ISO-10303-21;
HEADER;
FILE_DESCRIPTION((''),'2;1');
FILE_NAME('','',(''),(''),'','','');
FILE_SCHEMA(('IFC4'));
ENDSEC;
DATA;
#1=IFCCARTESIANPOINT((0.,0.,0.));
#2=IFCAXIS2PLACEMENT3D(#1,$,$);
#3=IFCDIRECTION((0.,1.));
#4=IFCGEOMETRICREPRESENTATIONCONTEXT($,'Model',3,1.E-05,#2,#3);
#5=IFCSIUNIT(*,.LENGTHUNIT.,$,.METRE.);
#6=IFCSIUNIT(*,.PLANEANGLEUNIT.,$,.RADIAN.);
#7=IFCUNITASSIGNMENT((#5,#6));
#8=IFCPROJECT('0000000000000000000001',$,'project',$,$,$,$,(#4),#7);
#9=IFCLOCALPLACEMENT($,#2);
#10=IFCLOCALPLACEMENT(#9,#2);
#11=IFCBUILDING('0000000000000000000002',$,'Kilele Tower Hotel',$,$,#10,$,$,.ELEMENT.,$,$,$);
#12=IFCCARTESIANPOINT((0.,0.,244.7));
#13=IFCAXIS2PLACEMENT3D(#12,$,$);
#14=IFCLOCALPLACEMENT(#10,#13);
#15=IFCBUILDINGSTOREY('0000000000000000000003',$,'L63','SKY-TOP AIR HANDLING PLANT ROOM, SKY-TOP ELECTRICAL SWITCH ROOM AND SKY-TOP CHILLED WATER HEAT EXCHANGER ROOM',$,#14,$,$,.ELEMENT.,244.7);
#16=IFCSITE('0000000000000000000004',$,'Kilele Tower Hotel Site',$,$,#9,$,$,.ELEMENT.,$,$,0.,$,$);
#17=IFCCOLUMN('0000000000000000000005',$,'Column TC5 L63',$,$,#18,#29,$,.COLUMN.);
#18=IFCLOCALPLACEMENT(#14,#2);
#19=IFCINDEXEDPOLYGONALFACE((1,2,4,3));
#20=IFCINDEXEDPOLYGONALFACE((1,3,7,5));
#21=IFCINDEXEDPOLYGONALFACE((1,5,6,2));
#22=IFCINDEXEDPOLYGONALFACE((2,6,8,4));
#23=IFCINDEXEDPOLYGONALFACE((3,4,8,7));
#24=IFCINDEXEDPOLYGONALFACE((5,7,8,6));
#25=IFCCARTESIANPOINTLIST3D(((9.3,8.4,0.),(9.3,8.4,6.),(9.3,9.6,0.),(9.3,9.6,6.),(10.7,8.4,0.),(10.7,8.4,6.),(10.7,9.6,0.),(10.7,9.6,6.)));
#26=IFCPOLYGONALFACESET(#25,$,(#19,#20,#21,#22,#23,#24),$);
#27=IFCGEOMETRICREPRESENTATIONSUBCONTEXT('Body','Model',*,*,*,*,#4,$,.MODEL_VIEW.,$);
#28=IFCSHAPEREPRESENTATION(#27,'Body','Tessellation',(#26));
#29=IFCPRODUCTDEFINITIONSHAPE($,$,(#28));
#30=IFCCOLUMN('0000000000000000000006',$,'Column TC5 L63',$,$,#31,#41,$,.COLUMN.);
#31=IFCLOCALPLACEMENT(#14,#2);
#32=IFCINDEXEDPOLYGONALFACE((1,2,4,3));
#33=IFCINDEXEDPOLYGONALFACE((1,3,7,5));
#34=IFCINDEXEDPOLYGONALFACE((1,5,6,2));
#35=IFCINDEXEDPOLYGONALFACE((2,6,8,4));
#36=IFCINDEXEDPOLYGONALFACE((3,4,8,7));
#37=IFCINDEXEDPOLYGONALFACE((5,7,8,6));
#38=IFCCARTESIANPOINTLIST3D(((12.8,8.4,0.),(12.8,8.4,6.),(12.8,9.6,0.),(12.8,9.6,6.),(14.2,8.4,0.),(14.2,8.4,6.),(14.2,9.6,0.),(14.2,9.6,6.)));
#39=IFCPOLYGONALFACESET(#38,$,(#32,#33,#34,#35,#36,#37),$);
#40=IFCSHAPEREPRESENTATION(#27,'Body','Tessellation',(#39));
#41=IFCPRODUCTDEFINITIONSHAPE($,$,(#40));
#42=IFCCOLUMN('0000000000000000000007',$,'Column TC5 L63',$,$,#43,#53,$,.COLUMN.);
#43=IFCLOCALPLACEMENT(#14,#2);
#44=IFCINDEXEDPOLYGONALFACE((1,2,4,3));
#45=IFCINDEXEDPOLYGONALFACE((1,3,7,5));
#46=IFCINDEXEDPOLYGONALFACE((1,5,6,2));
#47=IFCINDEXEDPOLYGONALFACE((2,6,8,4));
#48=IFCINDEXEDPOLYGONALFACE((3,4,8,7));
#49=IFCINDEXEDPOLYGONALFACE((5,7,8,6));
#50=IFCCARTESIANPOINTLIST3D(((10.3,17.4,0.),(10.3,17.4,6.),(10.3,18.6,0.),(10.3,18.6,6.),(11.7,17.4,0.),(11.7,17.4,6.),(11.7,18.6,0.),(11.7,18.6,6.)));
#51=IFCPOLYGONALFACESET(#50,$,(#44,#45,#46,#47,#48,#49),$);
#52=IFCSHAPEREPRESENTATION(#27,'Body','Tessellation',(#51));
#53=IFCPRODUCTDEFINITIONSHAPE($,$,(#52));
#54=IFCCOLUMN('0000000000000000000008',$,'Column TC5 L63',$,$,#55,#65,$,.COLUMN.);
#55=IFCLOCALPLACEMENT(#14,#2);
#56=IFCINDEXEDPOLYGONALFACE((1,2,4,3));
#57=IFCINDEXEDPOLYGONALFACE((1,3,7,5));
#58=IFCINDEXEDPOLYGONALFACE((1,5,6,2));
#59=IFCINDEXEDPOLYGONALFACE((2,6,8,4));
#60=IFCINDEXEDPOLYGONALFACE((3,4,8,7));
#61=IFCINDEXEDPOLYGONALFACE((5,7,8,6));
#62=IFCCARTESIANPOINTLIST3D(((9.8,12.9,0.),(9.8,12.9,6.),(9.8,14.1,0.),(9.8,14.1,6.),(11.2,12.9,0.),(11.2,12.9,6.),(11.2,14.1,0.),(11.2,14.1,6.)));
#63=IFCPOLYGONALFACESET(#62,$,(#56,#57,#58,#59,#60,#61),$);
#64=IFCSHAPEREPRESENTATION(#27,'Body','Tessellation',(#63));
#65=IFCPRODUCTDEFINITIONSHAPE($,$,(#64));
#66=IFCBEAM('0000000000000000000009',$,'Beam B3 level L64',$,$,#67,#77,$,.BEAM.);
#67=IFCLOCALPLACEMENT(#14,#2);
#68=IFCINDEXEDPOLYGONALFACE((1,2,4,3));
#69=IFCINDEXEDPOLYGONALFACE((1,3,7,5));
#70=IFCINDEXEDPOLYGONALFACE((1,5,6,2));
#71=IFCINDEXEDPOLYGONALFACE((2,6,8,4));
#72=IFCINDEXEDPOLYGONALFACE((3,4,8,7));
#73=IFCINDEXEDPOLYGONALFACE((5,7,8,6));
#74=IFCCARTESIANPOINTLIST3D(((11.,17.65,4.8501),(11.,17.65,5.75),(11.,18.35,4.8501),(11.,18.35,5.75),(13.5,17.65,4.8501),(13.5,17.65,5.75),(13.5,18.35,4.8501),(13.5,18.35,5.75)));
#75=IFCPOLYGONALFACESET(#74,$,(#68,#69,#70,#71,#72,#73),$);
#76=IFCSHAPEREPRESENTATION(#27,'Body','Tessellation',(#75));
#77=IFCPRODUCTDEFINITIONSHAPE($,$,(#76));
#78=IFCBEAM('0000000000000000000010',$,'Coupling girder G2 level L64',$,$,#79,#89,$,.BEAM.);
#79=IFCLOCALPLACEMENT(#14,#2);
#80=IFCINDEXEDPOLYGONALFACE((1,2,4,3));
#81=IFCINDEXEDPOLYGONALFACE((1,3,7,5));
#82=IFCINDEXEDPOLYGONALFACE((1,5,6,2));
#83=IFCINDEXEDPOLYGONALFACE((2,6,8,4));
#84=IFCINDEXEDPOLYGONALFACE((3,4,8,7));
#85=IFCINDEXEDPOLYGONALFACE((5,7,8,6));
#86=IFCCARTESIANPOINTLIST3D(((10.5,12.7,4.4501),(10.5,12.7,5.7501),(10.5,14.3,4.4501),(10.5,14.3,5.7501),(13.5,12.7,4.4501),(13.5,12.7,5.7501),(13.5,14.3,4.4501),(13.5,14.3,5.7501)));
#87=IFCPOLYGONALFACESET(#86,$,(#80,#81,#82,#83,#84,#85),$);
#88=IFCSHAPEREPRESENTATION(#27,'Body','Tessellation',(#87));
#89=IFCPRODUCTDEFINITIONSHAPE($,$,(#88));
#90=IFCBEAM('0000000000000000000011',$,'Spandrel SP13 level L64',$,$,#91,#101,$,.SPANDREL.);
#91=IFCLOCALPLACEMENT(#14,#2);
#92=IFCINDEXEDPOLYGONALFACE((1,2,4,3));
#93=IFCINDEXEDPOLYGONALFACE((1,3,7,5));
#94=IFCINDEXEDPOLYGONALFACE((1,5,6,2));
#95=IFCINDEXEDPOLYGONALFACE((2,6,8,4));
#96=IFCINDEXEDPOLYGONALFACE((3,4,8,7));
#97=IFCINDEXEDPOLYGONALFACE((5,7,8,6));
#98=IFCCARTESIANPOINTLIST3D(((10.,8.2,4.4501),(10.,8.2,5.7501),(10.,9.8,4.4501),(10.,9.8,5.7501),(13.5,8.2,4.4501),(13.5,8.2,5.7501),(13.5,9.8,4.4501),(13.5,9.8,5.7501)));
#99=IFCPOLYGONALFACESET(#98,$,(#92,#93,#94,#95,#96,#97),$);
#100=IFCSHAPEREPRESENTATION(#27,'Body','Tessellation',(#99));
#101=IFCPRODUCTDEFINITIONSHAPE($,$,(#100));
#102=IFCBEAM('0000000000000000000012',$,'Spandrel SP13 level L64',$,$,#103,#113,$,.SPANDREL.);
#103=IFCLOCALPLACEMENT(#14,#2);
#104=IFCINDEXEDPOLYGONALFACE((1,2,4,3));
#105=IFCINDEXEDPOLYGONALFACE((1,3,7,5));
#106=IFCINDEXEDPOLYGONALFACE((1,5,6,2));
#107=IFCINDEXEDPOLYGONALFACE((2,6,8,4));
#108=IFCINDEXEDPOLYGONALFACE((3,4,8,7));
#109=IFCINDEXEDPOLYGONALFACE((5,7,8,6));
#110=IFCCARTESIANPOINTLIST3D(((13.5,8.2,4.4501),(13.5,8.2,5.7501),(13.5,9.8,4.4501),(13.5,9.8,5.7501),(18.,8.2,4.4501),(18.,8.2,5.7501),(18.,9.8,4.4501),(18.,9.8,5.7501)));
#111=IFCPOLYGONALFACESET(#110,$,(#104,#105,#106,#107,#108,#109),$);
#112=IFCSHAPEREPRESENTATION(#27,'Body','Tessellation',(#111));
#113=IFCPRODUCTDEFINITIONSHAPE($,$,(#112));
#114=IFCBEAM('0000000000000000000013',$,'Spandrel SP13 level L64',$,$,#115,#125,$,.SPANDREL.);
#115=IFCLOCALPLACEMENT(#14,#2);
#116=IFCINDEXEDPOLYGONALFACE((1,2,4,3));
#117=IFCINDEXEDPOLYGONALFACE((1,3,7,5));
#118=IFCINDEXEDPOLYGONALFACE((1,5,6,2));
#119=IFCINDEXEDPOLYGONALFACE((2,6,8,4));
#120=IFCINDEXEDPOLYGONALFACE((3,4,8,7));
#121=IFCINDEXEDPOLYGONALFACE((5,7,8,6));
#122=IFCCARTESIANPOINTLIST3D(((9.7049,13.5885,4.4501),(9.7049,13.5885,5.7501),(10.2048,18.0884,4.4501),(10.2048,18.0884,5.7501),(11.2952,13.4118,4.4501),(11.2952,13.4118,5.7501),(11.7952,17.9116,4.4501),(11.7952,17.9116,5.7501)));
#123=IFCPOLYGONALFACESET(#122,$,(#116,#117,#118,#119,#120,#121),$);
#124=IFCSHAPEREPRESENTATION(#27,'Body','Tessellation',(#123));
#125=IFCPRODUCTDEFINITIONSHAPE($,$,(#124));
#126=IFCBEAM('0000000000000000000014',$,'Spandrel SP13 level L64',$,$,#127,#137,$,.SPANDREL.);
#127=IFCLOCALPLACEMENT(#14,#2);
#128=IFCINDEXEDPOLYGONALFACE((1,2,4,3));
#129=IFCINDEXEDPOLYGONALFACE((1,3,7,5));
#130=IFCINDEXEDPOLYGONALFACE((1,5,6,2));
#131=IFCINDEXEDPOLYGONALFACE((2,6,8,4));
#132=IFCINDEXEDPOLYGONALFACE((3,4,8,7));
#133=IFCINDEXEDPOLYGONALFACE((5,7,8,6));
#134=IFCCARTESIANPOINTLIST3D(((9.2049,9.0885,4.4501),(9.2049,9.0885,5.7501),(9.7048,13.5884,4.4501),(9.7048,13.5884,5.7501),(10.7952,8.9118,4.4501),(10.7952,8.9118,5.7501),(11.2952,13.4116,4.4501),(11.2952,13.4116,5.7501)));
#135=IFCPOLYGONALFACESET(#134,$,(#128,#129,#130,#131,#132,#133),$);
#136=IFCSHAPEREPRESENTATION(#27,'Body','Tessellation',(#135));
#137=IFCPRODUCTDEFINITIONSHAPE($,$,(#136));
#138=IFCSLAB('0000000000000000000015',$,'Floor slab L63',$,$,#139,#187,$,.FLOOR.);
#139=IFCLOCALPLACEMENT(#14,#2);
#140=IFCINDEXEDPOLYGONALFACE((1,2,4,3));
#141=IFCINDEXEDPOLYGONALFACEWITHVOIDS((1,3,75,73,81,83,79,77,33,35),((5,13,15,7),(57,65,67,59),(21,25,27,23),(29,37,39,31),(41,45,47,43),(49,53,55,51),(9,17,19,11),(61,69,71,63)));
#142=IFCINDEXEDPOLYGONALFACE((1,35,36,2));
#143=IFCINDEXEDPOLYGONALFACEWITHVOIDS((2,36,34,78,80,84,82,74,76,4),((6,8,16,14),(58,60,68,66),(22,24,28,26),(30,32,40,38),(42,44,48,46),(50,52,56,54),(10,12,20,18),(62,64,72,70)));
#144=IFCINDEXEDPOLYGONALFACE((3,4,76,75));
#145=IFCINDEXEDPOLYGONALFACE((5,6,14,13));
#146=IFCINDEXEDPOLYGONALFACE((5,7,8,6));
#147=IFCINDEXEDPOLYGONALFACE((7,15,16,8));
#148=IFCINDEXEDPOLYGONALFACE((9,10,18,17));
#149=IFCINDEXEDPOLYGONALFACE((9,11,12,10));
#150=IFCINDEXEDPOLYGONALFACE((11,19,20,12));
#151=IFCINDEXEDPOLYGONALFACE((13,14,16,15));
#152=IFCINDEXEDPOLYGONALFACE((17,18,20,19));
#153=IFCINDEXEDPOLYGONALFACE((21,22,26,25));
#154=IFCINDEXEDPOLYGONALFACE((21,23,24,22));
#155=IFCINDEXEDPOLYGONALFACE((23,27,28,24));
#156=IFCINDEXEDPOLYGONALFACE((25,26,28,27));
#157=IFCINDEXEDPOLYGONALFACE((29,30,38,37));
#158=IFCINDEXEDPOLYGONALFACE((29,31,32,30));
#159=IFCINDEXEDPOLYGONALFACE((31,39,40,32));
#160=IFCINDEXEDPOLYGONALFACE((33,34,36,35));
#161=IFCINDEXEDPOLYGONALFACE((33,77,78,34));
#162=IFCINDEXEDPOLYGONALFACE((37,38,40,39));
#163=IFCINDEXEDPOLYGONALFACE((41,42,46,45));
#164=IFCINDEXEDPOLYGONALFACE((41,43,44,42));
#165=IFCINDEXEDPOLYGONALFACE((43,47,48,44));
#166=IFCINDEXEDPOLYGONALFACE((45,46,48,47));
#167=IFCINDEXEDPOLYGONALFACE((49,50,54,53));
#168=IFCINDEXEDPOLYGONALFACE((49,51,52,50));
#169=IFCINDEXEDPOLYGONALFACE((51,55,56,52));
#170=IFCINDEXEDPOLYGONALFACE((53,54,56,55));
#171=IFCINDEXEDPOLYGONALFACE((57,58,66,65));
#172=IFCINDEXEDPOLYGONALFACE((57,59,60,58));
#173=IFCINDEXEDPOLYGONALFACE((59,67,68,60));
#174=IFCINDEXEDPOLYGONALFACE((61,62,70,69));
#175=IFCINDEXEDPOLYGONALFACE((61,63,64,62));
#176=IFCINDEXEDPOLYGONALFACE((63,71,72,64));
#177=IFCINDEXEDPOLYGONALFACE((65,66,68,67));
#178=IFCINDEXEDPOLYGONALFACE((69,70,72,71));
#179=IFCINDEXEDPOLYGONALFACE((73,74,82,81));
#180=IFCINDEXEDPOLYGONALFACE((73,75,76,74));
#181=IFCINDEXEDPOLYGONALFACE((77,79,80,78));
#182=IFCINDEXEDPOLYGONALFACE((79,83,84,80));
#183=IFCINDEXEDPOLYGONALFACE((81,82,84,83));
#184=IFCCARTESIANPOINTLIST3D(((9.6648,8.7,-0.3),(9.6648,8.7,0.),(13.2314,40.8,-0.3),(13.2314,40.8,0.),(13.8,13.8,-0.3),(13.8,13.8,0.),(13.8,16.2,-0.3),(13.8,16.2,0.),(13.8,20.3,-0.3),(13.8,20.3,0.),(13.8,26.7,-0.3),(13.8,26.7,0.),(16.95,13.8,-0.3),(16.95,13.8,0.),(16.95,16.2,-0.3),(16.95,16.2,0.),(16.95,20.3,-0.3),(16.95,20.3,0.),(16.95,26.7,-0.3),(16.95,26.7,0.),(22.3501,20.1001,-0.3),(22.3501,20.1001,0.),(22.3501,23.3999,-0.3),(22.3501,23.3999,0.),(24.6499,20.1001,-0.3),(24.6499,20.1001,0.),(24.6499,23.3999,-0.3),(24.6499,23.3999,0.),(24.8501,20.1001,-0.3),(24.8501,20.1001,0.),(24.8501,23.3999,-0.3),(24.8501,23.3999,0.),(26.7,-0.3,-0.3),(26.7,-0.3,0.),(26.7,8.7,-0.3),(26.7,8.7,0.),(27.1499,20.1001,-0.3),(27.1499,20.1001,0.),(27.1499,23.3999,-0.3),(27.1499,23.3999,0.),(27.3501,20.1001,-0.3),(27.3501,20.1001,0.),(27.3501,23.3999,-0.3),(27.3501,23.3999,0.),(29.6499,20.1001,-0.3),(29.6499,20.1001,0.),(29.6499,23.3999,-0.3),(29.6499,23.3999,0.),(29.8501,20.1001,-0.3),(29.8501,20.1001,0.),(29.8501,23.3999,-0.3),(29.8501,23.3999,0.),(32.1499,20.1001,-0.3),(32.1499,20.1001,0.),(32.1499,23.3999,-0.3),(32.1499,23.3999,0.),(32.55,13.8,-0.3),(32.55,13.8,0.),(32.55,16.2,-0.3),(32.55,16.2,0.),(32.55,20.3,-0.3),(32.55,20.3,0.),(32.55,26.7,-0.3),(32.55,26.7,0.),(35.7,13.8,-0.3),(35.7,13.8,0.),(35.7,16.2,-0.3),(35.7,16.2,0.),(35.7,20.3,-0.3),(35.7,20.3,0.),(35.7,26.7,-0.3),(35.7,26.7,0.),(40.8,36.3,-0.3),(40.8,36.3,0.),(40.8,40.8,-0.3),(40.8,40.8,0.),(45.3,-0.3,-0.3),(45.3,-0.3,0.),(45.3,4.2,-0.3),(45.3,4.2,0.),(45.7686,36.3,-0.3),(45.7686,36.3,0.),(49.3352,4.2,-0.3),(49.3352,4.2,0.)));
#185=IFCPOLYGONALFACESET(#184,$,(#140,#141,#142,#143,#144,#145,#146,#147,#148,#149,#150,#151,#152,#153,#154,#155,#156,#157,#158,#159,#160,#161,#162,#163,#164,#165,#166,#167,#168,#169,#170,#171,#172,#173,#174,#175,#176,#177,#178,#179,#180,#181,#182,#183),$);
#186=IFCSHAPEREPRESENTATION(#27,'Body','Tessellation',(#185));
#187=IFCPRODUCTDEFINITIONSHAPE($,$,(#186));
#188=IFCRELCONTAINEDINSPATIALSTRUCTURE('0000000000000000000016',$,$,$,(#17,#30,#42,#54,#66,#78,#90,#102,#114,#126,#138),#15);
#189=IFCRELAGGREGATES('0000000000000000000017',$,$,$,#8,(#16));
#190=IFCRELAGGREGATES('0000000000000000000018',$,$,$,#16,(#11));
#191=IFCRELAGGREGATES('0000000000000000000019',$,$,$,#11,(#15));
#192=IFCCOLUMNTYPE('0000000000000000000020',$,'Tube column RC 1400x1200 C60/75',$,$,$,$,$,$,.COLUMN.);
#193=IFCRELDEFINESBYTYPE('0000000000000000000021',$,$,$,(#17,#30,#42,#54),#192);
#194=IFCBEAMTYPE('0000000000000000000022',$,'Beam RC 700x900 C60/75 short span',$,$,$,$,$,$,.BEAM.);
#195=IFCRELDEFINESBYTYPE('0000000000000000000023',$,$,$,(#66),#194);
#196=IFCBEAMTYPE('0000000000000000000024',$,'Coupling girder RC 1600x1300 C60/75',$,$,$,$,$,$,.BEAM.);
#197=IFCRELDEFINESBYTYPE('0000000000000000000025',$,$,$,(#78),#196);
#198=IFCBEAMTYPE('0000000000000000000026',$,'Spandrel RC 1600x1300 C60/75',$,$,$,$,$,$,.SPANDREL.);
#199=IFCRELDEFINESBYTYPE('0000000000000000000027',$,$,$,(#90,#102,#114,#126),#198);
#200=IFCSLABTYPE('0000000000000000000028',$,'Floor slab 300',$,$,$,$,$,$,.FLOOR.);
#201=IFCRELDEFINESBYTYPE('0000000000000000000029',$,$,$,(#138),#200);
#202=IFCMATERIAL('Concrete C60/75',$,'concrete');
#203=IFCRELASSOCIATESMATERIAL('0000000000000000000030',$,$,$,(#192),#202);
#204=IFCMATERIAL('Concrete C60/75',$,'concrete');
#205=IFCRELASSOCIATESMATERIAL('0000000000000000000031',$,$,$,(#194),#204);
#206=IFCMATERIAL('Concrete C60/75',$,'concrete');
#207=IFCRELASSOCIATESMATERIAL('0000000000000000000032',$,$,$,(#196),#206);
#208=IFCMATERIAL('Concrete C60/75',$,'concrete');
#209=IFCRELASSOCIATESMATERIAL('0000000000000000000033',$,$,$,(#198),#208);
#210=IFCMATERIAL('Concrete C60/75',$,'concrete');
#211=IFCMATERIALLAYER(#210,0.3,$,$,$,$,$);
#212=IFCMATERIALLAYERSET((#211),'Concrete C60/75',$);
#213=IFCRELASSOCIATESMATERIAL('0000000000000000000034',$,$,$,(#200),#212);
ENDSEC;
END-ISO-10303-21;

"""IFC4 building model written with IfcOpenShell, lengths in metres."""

from ifc_helpers import new_model, si_unit, direction, frame, origin, origin_2d, place, context, subcontext, project, spatial, polyline, rectangle, outline, extrude, material, layer, layer_set, material_profile, profile_set, type_object, element, save


model = new_model("IFC4")

# Units and contexts
model_context = context("Model", 3, precision=1e-05, world=origin(), true_north=direction((0.0, 1.0)))
body_context = subcontext(model_context, "Body", "Model", "MODEL_VIEW")
ifc_project = project(units=[si_unit("LENGTHUNIT", "METRE"), si_unit("PLANEANGLEUNIT", "RADIAN")], contexts=[model_context])

# Site, building, storey
site_placement = place(None, origin())
site = spatial("IfcSite", under=ifc_project, at=site_placement, Name="Kilele Tower Hotel Site", CompositionType="ELEMENT", RefElevation=0.0)
building_placement = place(site_placement, origin())
building = spatial("IfcBuilding", under=site, at=building_placement, Name="Kilele Tower Hotel", CompositionType="ELEMENT")
storey_placement = place(building_placement, frame((0.0, 0.0, 244.7)))
storey = spatial("IfcBuildingStorey", under=building, at=storey_placement, Name="L63", Description="SKY-TOP AIR HANDLING PLANT ROOM, SKY-TOP ELECTRICAL SWITCH ROOM AND SKY-TOP CHILLED WATER HEAT EXCHANGER ROOM", CompositionType="ELEMENT", Elevation=244.7)

# Columns
ifc_material_1 = material(Name="Concrete C60/75", Category="concrete")
ifc_material_profile_1 = material_profile(ifc_material_1, rectangle(XDim=1.3999, YDim=1.2, at=origin_2d()))
ifc_profile_set_1 = profile_set([ifc_material_profile_1], Name="Concrete C60/75")
column_type = type_object("IfcColumnType", Name="Tube column RC 1400x1200 C60/75", PredefinedType="COLUMN", material=ifc_profile_set_1)
for number, where, z_axis, x_axis, name in (
    (1, (10.0, 9.0, 0.0), (0.0, 0.0, 1.0), (1.0, 0.0, 0.0), "Column TC5 L63"),
    (2, (13.5, 9.0, 0.0), (0.0, 0.0, 1.0), (1.0, 0.0, 0.0), "Column TC5 L63"),
    (3, (11.0, 18.0, 0.0), (0.0, 0.0, 1.0), (1.0, 0.0, 0.0), "Column TC5 L63"),
    (4, (10.5, 13.5, 0.0), (0.0, 0.0, 1.0), (1.0, 0.0, 0.0), "Column TC5 L63"),
):
    element("IfcColumn", number, at=place(storey_placement, frame(where, z_axis=z_axis, x_axis=x_axis)), inside=storey, type_object=column_type, Name=name, PredefinedType="COLUMN", context=body_context, shape_type="SweptSolid", body=[
        extrude(rectangle(XDim=1.3999, YDim=1.2, at=origin_2d()), origin(), (0.0, 0.0, 1.0), 6.0),
    ])

# Beams
ifc_material_2 = material(Name="Concrete C60/75", Category="concrete")
ifc_material_profile_2 = material_profile(ifc_material_2, rectangle(XDim=0.7, YDim=0.8999, at=origin_2d()))
ifc_profile_set_2 = profile_set([ifc_material_profile_2], Name="Concrete C60/75")
beam_type_1 = type_object("IfcBeamType", Name="Beam RC 700x900 C60/75 short span", PredefinedType="BEAM", material=ifc_profile_set_2)
beam_1_placement = place(storey_placement, frame((11.0, 18.0, 5.3), z_axis=(1.0, 0.0, 0.0), x_axis=(0.0, 1.0, 0.0)))
element("IfcBeam", 5, at=beam_1_placement, inside=storey, type_object=beam_type_1, Name="Beam B3 level L64", PredefinedType="BEAM", context=body_context, shape_type="SweptSolid", body=[
    extrude(rectangle(XDim=0.7, YDim=0.8999, at=origin_2d()), origin(), (0.0, 0.0, 1.0), 2.5),
])
ifc_material_3 = material(Name="Concrete C60/75", Category="concrete")
ifc_material_profile_3 = material_profile(ifc_material_3, rectangle(XDim=1.6001, YDim=1.3, at=origin_2d()))
ifc_profile_set_3 = profile_set([ifc_material_profile_3], Name="Concrete C60/75")
beam_type_2 = type_object("IfcBeamType", Name="Coupling girder RC 1600x1300 C60/75", PredefinedType="BEAM", material=ifc_profile_set_3)
beam_2_placement = place(storey_placement, frame((10.5, 13.5, 5.1001), z_axis=(1.0, 0.0, 0.0), x_axis=(0.0, 1.0, 0.0)))
element("IfcBeam", 6, at=beam_2_placement, inside=storey, type_object=beam_type_2, Name="Coupling girder G2 level L64", PredefinedType="BEAM", context=body_context, shape_type="SweptSolid", body=[
    extrude(rectangle(XDim=1.6001, YDim=1.3, at=origin_2d()), origin(), (0.0, 0.0, 1.0), 3.0),
])
ifc_material_4 = material(Name="Concrete C60/75", Category="concrete")
ifc_material_profile_4 = material_profile(ifc_material_4, rectangle(XDim=1.6001, YDim=1.3, at=origin_2d()))
ifc_profile_set_4 = profile_set([ifc_material_profile_4], Name="Concrete C60/75")
beam_type_3 = type_object("IfcBeamType", Name="Spandrel RC 1600x1300 C60/75", PredefinedType="SPANDREL", material=ifc_profile_set_4)
beam_3_placement = place(storey_placement, frame((10.0, 9.0, 5.1001), z_axis=(1.0, 0.0, 0.0), x_axis=(0.0, 1.0, 0.0)))
element("IfcBeam", 7, at=beam_3_placement, inside=storey, type_object=beam_type_3, Name="Spandrel SP13 level L64", PredefinedType="SPANDREL", context=body_context, shape_type="SweptSolid", body=[
    extrude(rectangle(XDim=1.6001, YDim=1.3, at=origin_2d()), origin(), (0.0, 0.0, 1.0), 3.5),
])
beam_4_placement = place(storey_placement, frame((13.5, 9.0, 5.1001), z_axis=(1.0, 0.0, 0.0), x_axis=(0.0, 1.0, 0.0)))
element("IfcBeam", 8, at=beam_4_placement, inside=storey, type_object=beam_type_3, Name="Spandrel SP13 level L64", PredefinedType="SPANDREL", context=body_context, shape_type="SweptSolid", body=[
    extrude(rectangle(XDim=1.6001, YDim=1.3, at=origin_2d()), origin(), (0.0, 0.0, 1.0), 4.5),
])
for number, where, z_axis, x_axis, name in (
    (9, (11.0, 18.0, 5.1001), (-0.110432, -0.993884, 0.0), (0.993884, -0.110432, 0.0), "Spandrel SP13 level L64"),
    (10, (10.5, 13.5, 5.1001), (-0.110432, -0.993884, 0.0), (0.993884, -0.110432, 0.0), "Spandrel SP13 level L64"),
):
    element("IfcBeam", number, at=place(storey_placement, frame(where, z_axis=z_axis, x_axis=x_axis)), inside=storey, type_object=beam_type_3, Name=name, PredefinedType="SPANDREL", context=body_context, shape_type="SweptSolid", body=[
        extrude(rectangle(XDim=1.6001, YDim=1.3, at=origin_2d()), origin(), (0.0, 0.0, 1.0), 4.5276),
    ])

# Slab
ifc_material_5 = material(Name="Concrete C60/75", Category="concrete")
ifc_layer_1 = layer(ifc_material_5, 0.3)
ifc_layer_set_1 = layer_set([ifc_layer_1], Name="Concrete C60/75")
slab_type_1 = type_object("IfcSlabType", Name="Floor slab 300", PredefinedType="FLOOR", material=ifc_layer_set_1)
slab_1_placement = place(storey_placement, frame((0.0, 0.0, -0.3)))
element("IfcSlab", 11, at=slab_1_placement, inside=storey, type_object=slab_type_1, Name="Floor slab L63", PredefinedType="FLOOR", context=body_context, shape_type="SweptSolid", body=[
    extrude(outline(polyline([(40.8, 40.8), (40.8, 36.3), (45.7686, 36.3), (49.3352, 4.2), (45.3, 4.2), (45.3, -0.3), (26.7, -0.3), (26.7, 8.7), (9.6648, 8.7), (13.2314, 40.8), (40.8, 40.8)]), holes=[polyline([(16.95, 16.2), (13.8, 16.2), (13.8, 13.8), (16.95, 13.8), (16.95, 16.2)]), polyline([(35.7, 16.2), (32.55, 16.2), (32.55, 13.8), (35.7, 13.8), (35.7, 16.2)]), polyline([(24.6499, 23.3999), (22.3501, 23.3999), (22.3501, 20.1001), (24.6499, 20.1001), (24.6499, 23.3999)]), polyline([(27.1499, 23.3999), (24.8501, 23.3999), (24.8501, 20.1001), (27.1499, 20.1001), (27.1499, 23.3999)]), polyline([(29.6499, 23.3999), (27.3501, 23.3999), (27.3501, 20.1001), (29.6499, 20.1001), (29.6499, 23.3999)]), polyline([(32.1499, 23.3999), (29.8501, 23.3999), (29.8501, 20.1001), (32.1499, 20.1001), (32.1499, 23.3999)]), polyline([(16.95, 26.7), (13.8, 26.7), (13.8, 20.3), (16.95, 20.3), (16.95, 26.7)]), polyline([(35.7, 26.7), (32.55, 26.7), (32.55, 20.3), (35.7, 20.3), (35.7, 26.7)])]), origin(), (0.0, 0.0, 1.0), 0.3),
])

save(model, "model.ifc")
